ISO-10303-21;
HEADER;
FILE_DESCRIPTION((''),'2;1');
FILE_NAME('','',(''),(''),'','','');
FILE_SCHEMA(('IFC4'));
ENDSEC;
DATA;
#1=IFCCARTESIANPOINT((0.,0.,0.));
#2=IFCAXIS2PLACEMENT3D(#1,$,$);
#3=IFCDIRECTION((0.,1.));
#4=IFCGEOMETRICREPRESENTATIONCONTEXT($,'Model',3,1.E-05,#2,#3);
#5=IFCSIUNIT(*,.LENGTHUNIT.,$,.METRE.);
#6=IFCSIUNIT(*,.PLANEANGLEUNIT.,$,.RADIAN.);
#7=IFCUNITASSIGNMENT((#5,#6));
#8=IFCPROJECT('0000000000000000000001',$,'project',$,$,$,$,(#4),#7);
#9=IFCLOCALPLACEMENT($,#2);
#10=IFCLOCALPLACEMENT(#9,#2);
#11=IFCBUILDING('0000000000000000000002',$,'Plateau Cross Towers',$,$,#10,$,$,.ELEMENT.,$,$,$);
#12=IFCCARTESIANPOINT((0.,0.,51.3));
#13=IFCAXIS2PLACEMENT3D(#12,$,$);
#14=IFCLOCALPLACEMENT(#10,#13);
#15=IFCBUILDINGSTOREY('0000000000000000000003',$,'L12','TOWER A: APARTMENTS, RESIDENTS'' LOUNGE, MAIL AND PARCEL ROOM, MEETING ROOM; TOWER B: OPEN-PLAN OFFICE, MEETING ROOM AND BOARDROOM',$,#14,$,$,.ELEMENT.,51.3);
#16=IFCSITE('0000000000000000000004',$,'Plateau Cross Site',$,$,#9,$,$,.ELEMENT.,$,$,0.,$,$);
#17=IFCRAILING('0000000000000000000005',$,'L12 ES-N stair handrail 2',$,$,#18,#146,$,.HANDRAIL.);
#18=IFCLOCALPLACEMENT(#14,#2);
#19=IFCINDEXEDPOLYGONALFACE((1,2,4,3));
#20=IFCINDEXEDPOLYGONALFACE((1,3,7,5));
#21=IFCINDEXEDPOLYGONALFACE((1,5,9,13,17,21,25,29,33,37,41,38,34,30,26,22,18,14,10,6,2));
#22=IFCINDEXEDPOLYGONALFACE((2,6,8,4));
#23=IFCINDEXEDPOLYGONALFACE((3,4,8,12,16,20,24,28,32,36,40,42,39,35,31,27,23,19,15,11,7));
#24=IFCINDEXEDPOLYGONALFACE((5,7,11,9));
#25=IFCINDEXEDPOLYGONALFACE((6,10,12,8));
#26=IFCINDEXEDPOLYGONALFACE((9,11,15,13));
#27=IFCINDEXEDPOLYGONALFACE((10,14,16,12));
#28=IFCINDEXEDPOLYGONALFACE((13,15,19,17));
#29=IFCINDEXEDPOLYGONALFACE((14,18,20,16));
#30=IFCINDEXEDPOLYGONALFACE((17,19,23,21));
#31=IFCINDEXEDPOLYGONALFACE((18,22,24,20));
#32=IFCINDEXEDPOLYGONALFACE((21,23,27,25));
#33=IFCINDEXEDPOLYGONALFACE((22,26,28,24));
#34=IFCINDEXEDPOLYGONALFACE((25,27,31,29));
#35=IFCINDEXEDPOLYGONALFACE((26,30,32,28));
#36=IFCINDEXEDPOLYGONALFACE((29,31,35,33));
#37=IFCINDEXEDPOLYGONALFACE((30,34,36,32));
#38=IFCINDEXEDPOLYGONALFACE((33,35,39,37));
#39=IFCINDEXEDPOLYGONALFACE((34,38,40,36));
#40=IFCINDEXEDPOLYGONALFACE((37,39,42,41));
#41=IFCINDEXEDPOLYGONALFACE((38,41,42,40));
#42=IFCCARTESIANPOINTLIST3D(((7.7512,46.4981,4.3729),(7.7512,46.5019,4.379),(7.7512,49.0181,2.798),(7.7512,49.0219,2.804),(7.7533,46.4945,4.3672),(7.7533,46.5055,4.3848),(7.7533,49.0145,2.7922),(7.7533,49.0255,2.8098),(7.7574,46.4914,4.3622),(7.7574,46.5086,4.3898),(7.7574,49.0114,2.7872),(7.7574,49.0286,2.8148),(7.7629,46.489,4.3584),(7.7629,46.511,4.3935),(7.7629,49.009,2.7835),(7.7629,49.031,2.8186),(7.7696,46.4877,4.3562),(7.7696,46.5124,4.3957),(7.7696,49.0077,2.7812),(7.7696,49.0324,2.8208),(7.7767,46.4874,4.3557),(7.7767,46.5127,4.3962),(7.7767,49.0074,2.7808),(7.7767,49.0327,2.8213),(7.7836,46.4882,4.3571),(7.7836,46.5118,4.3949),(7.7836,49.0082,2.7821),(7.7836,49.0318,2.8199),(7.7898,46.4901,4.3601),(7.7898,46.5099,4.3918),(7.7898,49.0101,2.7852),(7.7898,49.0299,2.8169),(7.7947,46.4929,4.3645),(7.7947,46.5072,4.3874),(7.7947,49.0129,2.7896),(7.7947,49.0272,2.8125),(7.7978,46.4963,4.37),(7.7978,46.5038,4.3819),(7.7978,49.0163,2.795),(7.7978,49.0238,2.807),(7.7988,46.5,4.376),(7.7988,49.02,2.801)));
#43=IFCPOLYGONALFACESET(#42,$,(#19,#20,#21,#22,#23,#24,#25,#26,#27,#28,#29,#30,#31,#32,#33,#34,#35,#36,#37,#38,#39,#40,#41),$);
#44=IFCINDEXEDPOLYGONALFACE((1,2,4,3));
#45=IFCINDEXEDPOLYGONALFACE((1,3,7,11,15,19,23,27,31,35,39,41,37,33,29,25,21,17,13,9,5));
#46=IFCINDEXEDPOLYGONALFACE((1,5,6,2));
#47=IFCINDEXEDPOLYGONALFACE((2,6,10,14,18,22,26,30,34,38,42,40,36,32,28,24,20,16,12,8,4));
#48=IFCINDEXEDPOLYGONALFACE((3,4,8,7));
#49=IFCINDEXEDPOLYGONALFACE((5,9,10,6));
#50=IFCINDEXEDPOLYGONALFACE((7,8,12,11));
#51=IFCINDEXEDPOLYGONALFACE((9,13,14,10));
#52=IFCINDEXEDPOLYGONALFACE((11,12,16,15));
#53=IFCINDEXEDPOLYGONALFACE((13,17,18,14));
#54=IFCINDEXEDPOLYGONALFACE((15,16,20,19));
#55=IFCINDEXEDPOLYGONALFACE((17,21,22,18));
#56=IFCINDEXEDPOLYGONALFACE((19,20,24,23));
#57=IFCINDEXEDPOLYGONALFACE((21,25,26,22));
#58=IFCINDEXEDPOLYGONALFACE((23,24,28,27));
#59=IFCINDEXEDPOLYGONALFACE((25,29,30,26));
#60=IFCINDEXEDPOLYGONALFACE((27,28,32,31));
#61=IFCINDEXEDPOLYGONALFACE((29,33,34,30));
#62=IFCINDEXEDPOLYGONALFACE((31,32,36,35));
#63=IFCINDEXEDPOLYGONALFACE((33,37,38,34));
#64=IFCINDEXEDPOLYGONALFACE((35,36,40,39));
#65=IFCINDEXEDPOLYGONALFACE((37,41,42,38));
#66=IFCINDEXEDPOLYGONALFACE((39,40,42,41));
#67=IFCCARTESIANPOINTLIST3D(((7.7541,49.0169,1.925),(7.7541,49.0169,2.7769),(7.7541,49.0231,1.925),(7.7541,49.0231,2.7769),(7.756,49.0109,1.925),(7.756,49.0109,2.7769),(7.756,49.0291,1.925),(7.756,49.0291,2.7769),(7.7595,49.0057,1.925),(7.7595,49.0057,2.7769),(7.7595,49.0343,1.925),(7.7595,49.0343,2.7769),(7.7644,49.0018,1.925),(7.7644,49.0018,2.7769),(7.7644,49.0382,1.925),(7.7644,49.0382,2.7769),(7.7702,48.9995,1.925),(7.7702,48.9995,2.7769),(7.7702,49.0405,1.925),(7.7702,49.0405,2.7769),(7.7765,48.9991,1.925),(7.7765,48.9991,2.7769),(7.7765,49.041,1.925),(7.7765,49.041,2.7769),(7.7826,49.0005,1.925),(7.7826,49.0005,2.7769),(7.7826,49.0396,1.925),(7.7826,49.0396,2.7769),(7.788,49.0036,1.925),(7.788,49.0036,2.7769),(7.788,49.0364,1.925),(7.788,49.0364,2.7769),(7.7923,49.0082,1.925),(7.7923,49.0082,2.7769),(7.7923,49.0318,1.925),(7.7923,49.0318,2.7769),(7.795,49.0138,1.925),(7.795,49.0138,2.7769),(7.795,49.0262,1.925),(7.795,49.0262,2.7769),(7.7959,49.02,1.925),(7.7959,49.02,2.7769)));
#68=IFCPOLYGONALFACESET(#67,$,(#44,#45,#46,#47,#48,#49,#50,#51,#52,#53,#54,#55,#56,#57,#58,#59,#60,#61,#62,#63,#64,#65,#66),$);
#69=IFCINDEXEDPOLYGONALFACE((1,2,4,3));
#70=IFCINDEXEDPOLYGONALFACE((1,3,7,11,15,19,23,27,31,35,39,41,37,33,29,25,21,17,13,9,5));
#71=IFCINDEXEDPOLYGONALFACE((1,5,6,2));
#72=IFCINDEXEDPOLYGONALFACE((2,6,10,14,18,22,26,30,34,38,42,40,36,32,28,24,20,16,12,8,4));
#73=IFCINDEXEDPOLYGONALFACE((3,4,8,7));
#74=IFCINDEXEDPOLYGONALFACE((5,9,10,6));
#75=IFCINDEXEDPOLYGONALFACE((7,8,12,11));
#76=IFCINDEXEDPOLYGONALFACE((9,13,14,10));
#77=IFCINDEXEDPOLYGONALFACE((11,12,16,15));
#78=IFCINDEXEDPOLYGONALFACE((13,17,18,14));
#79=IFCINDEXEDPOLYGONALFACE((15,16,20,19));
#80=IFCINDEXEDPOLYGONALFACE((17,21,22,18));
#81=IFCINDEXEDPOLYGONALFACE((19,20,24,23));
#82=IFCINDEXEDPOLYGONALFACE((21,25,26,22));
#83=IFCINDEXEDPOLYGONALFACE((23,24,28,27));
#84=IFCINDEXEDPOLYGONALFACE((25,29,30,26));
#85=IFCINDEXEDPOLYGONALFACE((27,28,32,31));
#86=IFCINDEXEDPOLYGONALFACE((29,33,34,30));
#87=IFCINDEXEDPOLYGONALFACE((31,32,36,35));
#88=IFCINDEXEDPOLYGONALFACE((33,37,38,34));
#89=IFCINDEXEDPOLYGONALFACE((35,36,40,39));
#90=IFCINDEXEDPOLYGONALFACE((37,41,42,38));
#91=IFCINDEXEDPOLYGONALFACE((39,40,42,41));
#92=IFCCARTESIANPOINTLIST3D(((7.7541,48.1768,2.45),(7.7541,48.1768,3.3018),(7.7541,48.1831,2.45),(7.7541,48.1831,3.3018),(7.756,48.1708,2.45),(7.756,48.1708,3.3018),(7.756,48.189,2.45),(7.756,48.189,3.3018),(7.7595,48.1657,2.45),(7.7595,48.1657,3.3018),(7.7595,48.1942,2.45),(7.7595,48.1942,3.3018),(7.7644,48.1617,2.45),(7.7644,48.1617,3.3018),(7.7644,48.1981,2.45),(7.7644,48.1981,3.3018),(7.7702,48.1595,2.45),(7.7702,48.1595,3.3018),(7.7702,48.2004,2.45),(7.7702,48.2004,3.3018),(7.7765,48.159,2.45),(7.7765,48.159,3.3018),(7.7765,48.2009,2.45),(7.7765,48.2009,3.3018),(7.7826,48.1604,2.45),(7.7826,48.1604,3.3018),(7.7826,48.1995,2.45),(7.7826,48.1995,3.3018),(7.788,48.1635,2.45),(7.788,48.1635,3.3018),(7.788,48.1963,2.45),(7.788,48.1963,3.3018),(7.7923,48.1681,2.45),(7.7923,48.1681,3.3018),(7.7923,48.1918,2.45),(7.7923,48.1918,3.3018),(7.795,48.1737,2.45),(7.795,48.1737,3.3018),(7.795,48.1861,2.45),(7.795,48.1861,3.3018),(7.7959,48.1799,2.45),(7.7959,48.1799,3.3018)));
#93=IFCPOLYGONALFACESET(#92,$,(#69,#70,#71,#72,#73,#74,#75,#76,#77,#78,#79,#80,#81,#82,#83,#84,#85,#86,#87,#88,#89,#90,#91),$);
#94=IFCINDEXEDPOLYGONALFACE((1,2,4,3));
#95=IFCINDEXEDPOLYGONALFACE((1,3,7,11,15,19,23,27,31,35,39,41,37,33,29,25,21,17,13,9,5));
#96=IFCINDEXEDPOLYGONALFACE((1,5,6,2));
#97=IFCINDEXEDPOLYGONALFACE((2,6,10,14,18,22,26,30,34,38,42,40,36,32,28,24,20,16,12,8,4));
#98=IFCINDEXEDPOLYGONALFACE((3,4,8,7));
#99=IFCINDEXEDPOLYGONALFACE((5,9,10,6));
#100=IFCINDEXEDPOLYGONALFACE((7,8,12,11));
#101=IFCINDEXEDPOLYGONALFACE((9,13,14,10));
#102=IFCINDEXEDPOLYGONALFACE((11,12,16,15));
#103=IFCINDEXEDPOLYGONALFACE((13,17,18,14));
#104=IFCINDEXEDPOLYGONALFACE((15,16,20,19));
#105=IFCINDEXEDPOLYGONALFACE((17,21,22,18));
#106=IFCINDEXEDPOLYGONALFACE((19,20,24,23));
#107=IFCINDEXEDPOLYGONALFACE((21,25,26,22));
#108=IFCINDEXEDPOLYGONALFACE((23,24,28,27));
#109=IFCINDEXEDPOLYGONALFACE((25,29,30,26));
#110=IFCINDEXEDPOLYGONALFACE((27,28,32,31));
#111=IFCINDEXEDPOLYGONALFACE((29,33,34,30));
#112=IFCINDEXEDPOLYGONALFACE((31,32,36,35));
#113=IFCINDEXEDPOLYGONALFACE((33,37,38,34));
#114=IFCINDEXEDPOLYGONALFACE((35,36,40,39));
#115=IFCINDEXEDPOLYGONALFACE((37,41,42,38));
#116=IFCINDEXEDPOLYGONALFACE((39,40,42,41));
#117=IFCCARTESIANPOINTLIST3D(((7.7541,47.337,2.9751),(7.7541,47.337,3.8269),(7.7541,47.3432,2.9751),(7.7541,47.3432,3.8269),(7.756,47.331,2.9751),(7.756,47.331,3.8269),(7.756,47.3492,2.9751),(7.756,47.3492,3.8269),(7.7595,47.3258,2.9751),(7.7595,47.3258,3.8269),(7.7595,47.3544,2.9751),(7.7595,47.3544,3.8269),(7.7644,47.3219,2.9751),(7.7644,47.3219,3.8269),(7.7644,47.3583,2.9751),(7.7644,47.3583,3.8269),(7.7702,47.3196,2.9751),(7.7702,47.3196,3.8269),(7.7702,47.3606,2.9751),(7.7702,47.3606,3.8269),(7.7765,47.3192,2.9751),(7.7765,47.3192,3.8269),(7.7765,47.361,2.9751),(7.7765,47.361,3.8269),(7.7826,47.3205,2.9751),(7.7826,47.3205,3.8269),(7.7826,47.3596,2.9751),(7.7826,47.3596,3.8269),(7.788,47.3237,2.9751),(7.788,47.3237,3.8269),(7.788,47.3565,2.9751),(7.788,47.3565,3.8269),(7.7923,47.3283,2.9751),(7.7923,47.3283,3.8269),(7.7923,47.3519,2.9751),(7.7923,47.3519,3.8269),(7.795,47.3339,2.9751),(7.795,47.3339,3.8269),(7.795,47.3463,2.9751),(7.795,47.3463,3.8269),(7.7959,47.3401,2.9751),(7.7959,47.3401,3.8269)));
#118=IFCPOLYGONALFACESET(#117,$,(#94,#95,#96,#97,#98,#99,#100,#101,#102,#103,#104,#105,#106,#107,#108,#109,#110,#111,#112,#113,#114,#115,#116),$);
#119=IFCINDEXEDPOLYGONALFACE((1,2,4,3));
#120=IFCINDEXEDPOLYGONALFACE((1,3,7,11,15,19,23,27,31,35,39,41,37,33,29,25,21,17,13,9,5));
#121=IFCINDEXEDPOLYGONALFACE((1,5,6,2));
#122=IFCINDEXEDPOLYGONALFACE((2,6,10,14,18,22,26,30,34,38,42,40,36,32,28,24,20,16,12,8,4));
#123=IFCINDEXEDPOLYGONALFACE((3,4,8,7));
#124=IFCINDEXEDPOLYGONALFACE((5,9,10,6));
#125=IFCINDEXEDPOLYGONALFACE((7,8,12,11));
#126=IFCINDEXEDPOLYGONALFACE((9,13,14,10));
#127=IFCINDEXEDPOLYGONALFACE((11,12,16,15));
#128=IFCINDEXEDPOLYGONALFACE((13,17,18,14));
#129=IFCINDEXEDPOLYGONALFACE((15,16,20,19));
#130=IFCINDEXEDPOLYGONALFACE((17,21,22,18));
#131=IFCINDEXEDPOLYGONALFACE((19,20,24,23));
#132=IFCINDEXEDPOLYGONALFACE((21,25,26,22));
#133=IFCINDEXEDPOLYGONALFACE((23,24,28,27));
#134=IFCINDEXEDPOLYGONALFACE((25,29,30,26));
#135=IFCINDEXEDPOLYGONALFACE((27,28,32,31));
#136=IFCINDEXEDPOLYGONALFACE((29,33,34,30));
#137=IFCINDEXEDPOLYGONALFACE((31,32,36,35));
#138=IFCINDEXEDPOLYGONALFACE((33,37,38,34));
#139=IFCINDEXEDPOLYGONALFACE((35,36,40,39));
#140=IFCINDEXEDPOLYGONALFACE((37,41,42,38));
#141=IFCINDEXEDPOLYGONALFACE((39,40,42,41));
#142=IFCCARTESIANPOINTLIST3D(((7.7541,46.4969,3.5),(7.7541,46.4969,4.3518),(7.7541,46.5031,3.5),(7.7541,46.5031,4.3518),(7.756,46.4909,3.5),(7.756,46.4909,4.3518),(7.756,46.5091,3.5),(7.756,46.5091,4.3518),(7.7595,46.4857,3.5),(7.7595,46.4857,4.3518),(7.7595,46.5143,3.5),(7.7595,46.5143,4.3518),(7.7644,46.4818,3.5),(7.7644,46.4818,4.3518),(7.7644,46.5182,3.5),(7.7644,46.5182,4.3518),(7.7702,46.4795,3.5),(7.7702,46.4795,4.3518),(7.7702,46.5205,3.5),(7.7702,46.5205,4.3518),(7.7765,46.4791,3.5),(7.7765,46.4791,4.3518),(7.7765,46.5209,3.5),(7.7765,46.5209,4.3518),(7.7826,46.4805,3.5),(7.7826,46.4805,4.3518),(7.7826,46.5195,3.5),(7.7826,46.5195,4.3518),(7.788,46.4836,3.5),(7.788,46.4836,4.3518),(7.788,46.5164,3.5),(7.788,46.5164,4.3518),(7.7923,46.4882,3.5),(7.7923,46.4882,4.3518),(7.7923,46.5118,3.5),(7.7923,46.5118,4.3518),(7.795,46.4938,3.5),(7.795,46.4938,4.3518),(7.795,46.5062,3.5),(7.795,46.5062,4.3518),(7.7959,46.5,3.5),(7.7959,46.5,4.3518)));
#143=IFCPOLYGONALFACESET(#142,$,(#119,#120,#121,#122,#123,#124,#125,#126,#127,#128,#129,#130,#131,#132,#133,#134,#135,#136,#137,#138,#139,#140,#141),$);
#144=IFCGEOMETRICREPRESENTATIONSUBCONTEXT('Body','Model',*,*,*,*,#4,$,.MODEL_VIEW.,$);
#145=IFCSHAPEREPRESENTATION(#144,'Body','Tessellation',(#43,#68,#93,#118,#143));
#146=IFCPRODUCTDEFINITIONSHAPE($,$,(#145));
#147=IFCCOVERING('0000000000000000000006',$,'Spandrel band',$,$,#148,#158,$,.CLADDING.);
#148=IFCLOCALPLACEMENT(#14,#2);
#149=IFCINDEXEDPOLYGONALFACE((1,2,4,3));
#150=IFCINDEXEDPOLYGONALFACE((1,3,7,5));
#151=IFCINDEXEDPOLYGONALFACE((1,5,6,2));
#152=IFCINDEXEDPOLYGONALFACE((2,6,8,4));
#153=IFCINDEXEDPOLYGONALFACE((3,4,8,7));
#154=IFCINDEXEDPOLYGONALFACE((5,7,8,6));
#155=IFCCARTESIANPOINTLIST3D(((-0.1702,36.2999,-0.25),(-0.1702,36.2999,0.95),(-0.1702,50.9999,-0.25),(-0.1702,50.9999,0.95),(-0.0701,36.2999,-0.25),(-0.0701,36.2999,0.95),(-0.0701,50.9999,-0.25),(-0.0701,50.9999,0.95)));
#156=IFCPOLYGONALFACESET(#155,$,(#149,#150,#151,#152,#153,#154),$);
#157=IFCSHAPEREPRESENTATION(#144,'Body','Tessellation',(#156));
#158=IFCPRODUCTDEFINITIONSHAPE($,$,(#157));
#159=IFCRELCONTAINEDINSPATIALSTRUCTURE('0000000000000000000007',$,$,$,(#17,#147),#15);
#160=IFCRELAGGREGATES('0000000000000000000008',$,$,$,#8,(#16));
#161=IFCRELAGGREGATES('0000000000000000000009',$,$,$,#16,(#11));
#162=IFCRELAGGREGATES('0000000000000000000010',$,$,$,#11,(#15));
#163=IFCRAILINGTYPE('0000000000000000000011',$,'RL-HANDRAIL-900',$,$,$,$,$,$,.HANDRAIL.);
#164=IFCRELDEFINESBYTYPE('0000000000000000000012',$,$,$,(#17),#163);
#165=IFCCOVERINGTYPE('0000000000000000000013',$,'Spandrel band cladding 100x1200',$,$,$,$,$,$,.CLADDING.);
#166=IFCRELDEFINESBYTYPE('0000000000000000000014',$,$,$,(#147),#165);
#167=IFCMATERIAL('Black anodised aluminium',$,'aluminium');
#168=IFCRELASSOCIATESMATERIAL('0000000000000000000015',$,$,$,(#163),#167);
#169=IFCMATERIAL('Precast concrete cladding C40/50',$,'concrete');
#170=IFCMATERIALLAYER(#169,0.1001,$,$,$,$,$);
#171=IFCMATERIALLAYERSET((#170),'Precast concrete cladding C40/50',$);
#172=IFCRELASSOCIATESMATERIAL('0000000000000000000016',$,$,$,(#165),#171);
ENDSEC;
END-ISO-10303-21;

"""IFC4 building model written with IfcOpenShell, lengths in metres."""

from ifc_helpers import new_model, si_unit, direction, frame, origin, origin_2d, place, context, subcontext, project, spatial, rectangle, circle, extrude, material, layer, layer_set, type_object, element, save


model = new_model("IFC4")

# Units and contexts
model_context = context("Model", 3, precision=1e-05, world=origin(), true_north=direction((0.0, 1.0)))
body_context = subcontext(model_context, "Body", "Model", "MODEL_VIEW")
ifc_project = project(units=[si_unit("LENGTHUNIT", "METRE"), si_unit("PLANEANGLEUNIT", "RADIAN")], contexts=[model_context])

# Site, building, storey
site_placement = place(None, origin())
site = spatial("IfcSite", under=ifc_project, at=site_placement, Name="Plateau Cross Site", CompositionType="ELEMENT", RefElevation=0.0)
building_placement = place(site_placement, origin())
building = spatial("IfcBuilding", under=site, at=building_placement, Name="Plateau Cross Towers", CompositionType="ELEMENT")
storey_placement = place(building_placement, frame((0.0, 0.0, 51.3)))
storey = spatial("IfcBuildingStorey", under=building, at=storey_placement, Name="L12", Description="TOWER A: APARTMENTS, RESIDENTS' LOUNGE, MAIL AND PARCEL ROOM, MEETING ROOM; TOWER B: OPEN-PLAN OFFICE, MEETING ROOM AND BOARDROOM", CompositionType="ELEMENT", Elevation=51.3)

# Shared definitions
ifc_material_1 = material(Name="Black anodised aluminium", Category="aluminium")

# Railing
railing_type_1 = type_object("IfcRailingType", Name="RL-HANDRAIL-900", PredefinedType="HANDRAIL", material=ifc_material_1)
railing_1_placement = place(storey_placement, frame((7.7749, 49.02, 1.925)))
element("IfcRailing", 1, at=railing_1_placement, inside=storey, type_object=railing_type_1, Name="L12 ES-N stair handrail 2", PredefinedType="HANDRAIL", context=body_context, shape_type="SweptSolid", body=[
    extrude(circle(Radius=0.0239, at=origin_2d()), frame((0.0, 0.0, 0.876), z_axis=(0.0, -0.848008, 0.529984), x_axis=(1.0, 0.0, 0.0)), (0.0, 0.0, 1.0), 2.9717),
    extrude(circle(Radius=0.021, at=origin_2d()), origin(), (0.0, 0.0, 1.0), 0.8518),
    extrude(circle(Radius=0.021, at=origin_2d()), frame((0.0, -0.8401, 0.5249)), (0.0, 0.0, 1.0), 0.8518),
    extrude(circle(Radius=0.021, at=origin_2d()), frame((0.0, -1.6799, 1.05)), (0.0, 0.0, 1.0), 0.8518),
    extrude(circle(Radius=0.021, at=origin_2d()), frame((0.0, -2.52, 1.575)), (0.0, 0.0, 1.0), 0.8518),
])

# Covering
ifc_material_2 = material(Name="Precast concrete cladding C40/50", Category="concrete")
ifc_layer_1 = layer(ifc_material_2, 0.1001)
ifc_layer_set_1 = layer_set([ifc_layer_1], Name="Precast concrete cladding C40/50")
covering_type = type_object("IfcCoveringType", Name="Spandrel band cladding 100x1200", PredefinedType="CLADDING", material=ifc_layer_set_1)
covering_placement = place(storey_placement, frame((-0.1201, 43.6499, -0.25), z_axis=(0.0, 0.0, 1.0), x_axis=(0.0, -1.0, 0.0)))
element("IfcCovering", 2, at=covering_placement, inside=storey, type_object=covering_type, Name="Spandrel band", PredefinedType="CLADDING", context=body_context, shape_type="SweptSolid", body=[
    extrude(rectangle(XDim=14.7, YDim=0.1001, at=origin_2d()), origin(), (0.0, 0.0, 1.0), 1.2),
])

save(model, "model.ifc")
